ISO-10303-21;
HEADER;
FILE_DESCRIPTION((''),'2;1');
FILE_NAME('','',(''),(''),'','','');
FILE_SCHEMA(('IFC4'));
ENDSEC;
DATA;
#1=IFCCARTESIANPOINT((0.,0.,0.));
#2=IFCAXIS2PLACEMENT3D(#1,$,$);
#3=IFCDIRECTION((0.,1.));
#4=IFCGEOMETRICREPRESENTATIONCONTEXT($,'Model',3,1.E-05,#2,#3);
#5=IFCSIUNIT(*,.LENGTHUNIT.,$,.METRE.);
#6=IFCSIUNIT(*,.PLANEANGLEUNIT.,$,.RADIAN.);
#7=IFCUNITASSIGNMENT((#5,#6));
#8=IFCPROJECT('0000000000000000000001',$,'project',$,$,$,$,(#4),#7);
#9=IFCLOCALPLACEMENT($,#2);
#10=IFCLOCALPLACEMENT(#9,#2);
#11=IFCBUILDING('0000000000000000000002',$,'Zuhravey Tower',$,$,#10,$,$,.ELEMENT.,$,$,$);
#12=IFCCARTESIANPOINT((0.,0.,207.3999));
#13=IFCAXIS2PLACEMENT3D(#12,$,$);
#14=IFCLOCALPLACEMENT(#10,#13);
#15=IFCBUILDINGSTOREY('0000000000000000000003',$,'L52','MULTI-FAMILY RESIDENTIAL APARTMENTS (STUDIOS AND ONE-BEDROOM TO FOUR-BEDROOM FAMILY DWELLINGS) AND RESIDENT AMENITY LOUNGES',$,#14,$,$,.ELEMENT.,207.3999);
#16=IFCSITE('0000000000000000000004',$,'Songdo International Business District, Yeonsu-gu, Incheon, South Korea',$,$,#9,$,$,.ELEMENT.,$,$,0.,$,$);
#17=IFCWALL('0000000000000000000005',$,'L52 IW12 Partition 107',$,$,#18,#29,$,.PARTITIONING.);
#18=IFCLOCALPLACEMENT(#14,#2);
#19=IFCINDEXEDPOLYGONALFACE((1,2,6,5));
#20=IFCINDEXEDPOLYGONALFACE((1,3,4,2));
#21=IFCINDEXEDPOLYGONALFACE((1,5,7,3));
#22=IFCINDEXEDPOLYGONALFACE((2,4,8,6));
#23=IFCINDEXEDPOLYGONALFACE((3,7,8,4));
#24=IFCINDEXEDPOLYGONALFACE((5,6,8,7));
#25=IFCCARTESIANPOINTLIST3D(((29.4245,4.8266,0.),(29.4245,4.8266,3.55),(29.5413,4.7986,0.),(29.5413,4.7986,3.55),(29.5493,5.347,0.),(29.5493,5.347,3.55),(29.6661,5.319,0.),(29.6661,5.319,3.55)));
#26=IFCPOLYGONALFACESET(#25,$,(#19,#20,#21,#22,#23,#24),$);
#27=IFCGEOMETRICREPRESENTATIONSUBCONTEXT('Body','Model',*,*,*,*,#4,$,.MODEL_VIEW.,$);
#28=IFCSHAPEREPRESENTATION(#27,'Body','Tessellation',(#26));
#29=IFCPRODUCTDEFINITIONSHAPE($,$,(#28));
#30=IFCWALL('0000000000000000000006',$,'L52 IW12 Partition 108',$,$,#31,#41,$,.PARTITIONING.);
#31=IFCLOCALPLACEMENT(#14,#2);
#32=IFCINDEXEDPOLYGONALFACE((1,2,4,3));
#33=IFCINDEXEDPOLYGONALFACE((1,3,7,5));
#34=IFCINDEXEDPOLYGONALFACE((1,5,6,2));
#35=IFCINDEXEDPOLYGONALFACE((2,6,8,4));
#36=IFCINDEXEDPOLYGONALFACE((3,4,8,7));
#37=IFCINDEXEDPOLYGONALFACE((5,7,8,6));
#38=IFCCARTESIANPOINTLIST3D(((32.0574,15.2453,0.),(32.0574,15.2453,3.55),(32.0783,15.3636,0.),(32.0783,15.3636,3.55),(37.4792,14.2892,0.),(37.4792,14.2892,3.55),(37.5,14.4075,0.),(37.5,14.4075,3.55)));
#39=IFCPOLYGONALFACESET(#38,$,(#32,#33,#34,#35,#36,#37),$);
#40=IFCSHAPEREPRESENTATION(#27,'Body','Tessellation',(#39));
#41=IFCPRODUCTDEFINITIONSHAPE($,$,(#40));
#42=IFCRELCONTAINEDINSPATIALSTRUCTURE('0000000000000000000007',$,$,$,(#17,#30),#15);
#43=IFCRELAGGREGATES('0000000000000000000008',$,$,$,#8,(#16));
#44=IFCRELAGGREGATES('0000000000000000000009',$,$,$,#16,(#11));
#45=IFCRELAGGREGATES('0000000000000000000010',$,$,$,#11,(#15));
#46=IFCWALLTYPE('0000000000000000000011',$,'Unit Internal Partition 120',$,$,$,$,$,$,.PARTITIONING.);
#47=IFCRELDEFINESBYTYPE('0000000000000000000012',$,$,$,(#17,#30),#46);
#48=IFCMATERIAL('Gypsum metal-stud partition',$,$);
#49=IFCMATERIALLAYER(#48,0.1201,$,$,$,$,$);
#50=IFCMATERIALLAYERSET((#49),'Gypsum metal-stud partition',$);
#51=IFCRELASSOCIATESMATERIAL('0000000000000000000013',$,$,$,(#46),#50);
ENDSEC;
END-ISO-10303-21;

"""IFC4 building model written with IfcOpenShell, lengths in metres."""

from ifc_helpers import new_model, si_unit, direction, frame, frame_2d, origin, place, context, subcontext, project, spatial, rectangle, extrude, material, layer, layer_set, type_object, element, save


model = new_model("IFC4")

# Units and contexts
model_context = context("Model", 3, precision=1e-05, world=origin(), true_north=direction((0.0, 1.0)))
body_context = subcontext(model_context, "Body", "Model", "MODEL_VIEW")
ifc_project = project(units=[si_unit("LENGTHUNIT", "METRE"), si_unit("PLANEANGLEUNIT", "RADIAN")], contexts=[model_context])

# Site, building, storey
site_placement = place(None, origin())
site = spatial("IfcSite", under=ifc_project, at=site_placement, Name="Songdo International Business District, Yeonsu-gu, Incheon, South Korea", CompositionType="ELEMENT", RefElevation=0.0)
building_placement = place(site_placement, origin())
building = spatial("IfcBuilding", under=site, at=building_placement, Name="Zuhravey Tower", CompositionType="ELEMENT")
storey_placement = place(building_placement, frame((0.0, 0.0, 207.3999)))
storey = spatial("IfcBuildingStorey", under=building, at=storey_placement, Name="L52", Description="MULTI-FAMILY RESIDENTIAL APARTMENTS (STUDIOS AND ONE-BEDROOM TO FOUR-BEDROOM FAMILY DWELLINGS) AND RESIDENT AMENITY LOUNGES", CompositionType="ELEMENT", Elevation=207.3999)

# Shared definitions
ifc_material_1 = material(Name="Gypsum metal-stud partition")
ifc_layer_1 = layer(ifc_material_1, 0.1201)
ifc_layer_set_1 = layer_set([ifc_layer_1], Name="Gypsum metal-stud partition")
wall_type_1 = type_object("IfcWallType", Name="Unit Internal Partition 120", PredefinedType="PARTITIONING", material=ifc_layer_set_1)

# Walls
wall_1_placement = place(storey_placement, frame((29.6077, 5.333, 0.0), z_axis=(0.0, 0.0, 1.0), x_axis=(-0.23308, -0.972458, 0.0)))
element("IfcWall", 1, at=wall_1_placement, inside=storey, type_object=wall_type_1, Name="L52 IW12 Partition 107", PredefinedType="PARTITIONING", context=body_context, shape_type="SweptSolid", body=[
    extrude(rectangle(XDim=0.5352, YDim=0.1201, at=frame_2d((0.2676, 0.0))), origin(), (0.0, 0.0, 1.0), 3.55),
])
wall_2_placement = place(storey_placement, frame((32.0679, 15.3044, 0.0), z_axis=(0.0, 0.0, 1.0), x_axis=(0.984805, -0.173661, 0.0)))
element("IfcWall", 2, at=wall_2_placement, inside=storey, type_object=wall_type_1, Name="L52 IW12 Partition 108", PredefinedType="PARTITIONING", context=body_context, shape_type="SweptSolid", body=[
    extrude(rectangle(XDim=5.5054, YDim=0.1201, at=frame_2d((2.7527, 0.0))), origin(), (0.0, 0.0, 1.0), 3.55),
])

save(model, "model.ifc")
